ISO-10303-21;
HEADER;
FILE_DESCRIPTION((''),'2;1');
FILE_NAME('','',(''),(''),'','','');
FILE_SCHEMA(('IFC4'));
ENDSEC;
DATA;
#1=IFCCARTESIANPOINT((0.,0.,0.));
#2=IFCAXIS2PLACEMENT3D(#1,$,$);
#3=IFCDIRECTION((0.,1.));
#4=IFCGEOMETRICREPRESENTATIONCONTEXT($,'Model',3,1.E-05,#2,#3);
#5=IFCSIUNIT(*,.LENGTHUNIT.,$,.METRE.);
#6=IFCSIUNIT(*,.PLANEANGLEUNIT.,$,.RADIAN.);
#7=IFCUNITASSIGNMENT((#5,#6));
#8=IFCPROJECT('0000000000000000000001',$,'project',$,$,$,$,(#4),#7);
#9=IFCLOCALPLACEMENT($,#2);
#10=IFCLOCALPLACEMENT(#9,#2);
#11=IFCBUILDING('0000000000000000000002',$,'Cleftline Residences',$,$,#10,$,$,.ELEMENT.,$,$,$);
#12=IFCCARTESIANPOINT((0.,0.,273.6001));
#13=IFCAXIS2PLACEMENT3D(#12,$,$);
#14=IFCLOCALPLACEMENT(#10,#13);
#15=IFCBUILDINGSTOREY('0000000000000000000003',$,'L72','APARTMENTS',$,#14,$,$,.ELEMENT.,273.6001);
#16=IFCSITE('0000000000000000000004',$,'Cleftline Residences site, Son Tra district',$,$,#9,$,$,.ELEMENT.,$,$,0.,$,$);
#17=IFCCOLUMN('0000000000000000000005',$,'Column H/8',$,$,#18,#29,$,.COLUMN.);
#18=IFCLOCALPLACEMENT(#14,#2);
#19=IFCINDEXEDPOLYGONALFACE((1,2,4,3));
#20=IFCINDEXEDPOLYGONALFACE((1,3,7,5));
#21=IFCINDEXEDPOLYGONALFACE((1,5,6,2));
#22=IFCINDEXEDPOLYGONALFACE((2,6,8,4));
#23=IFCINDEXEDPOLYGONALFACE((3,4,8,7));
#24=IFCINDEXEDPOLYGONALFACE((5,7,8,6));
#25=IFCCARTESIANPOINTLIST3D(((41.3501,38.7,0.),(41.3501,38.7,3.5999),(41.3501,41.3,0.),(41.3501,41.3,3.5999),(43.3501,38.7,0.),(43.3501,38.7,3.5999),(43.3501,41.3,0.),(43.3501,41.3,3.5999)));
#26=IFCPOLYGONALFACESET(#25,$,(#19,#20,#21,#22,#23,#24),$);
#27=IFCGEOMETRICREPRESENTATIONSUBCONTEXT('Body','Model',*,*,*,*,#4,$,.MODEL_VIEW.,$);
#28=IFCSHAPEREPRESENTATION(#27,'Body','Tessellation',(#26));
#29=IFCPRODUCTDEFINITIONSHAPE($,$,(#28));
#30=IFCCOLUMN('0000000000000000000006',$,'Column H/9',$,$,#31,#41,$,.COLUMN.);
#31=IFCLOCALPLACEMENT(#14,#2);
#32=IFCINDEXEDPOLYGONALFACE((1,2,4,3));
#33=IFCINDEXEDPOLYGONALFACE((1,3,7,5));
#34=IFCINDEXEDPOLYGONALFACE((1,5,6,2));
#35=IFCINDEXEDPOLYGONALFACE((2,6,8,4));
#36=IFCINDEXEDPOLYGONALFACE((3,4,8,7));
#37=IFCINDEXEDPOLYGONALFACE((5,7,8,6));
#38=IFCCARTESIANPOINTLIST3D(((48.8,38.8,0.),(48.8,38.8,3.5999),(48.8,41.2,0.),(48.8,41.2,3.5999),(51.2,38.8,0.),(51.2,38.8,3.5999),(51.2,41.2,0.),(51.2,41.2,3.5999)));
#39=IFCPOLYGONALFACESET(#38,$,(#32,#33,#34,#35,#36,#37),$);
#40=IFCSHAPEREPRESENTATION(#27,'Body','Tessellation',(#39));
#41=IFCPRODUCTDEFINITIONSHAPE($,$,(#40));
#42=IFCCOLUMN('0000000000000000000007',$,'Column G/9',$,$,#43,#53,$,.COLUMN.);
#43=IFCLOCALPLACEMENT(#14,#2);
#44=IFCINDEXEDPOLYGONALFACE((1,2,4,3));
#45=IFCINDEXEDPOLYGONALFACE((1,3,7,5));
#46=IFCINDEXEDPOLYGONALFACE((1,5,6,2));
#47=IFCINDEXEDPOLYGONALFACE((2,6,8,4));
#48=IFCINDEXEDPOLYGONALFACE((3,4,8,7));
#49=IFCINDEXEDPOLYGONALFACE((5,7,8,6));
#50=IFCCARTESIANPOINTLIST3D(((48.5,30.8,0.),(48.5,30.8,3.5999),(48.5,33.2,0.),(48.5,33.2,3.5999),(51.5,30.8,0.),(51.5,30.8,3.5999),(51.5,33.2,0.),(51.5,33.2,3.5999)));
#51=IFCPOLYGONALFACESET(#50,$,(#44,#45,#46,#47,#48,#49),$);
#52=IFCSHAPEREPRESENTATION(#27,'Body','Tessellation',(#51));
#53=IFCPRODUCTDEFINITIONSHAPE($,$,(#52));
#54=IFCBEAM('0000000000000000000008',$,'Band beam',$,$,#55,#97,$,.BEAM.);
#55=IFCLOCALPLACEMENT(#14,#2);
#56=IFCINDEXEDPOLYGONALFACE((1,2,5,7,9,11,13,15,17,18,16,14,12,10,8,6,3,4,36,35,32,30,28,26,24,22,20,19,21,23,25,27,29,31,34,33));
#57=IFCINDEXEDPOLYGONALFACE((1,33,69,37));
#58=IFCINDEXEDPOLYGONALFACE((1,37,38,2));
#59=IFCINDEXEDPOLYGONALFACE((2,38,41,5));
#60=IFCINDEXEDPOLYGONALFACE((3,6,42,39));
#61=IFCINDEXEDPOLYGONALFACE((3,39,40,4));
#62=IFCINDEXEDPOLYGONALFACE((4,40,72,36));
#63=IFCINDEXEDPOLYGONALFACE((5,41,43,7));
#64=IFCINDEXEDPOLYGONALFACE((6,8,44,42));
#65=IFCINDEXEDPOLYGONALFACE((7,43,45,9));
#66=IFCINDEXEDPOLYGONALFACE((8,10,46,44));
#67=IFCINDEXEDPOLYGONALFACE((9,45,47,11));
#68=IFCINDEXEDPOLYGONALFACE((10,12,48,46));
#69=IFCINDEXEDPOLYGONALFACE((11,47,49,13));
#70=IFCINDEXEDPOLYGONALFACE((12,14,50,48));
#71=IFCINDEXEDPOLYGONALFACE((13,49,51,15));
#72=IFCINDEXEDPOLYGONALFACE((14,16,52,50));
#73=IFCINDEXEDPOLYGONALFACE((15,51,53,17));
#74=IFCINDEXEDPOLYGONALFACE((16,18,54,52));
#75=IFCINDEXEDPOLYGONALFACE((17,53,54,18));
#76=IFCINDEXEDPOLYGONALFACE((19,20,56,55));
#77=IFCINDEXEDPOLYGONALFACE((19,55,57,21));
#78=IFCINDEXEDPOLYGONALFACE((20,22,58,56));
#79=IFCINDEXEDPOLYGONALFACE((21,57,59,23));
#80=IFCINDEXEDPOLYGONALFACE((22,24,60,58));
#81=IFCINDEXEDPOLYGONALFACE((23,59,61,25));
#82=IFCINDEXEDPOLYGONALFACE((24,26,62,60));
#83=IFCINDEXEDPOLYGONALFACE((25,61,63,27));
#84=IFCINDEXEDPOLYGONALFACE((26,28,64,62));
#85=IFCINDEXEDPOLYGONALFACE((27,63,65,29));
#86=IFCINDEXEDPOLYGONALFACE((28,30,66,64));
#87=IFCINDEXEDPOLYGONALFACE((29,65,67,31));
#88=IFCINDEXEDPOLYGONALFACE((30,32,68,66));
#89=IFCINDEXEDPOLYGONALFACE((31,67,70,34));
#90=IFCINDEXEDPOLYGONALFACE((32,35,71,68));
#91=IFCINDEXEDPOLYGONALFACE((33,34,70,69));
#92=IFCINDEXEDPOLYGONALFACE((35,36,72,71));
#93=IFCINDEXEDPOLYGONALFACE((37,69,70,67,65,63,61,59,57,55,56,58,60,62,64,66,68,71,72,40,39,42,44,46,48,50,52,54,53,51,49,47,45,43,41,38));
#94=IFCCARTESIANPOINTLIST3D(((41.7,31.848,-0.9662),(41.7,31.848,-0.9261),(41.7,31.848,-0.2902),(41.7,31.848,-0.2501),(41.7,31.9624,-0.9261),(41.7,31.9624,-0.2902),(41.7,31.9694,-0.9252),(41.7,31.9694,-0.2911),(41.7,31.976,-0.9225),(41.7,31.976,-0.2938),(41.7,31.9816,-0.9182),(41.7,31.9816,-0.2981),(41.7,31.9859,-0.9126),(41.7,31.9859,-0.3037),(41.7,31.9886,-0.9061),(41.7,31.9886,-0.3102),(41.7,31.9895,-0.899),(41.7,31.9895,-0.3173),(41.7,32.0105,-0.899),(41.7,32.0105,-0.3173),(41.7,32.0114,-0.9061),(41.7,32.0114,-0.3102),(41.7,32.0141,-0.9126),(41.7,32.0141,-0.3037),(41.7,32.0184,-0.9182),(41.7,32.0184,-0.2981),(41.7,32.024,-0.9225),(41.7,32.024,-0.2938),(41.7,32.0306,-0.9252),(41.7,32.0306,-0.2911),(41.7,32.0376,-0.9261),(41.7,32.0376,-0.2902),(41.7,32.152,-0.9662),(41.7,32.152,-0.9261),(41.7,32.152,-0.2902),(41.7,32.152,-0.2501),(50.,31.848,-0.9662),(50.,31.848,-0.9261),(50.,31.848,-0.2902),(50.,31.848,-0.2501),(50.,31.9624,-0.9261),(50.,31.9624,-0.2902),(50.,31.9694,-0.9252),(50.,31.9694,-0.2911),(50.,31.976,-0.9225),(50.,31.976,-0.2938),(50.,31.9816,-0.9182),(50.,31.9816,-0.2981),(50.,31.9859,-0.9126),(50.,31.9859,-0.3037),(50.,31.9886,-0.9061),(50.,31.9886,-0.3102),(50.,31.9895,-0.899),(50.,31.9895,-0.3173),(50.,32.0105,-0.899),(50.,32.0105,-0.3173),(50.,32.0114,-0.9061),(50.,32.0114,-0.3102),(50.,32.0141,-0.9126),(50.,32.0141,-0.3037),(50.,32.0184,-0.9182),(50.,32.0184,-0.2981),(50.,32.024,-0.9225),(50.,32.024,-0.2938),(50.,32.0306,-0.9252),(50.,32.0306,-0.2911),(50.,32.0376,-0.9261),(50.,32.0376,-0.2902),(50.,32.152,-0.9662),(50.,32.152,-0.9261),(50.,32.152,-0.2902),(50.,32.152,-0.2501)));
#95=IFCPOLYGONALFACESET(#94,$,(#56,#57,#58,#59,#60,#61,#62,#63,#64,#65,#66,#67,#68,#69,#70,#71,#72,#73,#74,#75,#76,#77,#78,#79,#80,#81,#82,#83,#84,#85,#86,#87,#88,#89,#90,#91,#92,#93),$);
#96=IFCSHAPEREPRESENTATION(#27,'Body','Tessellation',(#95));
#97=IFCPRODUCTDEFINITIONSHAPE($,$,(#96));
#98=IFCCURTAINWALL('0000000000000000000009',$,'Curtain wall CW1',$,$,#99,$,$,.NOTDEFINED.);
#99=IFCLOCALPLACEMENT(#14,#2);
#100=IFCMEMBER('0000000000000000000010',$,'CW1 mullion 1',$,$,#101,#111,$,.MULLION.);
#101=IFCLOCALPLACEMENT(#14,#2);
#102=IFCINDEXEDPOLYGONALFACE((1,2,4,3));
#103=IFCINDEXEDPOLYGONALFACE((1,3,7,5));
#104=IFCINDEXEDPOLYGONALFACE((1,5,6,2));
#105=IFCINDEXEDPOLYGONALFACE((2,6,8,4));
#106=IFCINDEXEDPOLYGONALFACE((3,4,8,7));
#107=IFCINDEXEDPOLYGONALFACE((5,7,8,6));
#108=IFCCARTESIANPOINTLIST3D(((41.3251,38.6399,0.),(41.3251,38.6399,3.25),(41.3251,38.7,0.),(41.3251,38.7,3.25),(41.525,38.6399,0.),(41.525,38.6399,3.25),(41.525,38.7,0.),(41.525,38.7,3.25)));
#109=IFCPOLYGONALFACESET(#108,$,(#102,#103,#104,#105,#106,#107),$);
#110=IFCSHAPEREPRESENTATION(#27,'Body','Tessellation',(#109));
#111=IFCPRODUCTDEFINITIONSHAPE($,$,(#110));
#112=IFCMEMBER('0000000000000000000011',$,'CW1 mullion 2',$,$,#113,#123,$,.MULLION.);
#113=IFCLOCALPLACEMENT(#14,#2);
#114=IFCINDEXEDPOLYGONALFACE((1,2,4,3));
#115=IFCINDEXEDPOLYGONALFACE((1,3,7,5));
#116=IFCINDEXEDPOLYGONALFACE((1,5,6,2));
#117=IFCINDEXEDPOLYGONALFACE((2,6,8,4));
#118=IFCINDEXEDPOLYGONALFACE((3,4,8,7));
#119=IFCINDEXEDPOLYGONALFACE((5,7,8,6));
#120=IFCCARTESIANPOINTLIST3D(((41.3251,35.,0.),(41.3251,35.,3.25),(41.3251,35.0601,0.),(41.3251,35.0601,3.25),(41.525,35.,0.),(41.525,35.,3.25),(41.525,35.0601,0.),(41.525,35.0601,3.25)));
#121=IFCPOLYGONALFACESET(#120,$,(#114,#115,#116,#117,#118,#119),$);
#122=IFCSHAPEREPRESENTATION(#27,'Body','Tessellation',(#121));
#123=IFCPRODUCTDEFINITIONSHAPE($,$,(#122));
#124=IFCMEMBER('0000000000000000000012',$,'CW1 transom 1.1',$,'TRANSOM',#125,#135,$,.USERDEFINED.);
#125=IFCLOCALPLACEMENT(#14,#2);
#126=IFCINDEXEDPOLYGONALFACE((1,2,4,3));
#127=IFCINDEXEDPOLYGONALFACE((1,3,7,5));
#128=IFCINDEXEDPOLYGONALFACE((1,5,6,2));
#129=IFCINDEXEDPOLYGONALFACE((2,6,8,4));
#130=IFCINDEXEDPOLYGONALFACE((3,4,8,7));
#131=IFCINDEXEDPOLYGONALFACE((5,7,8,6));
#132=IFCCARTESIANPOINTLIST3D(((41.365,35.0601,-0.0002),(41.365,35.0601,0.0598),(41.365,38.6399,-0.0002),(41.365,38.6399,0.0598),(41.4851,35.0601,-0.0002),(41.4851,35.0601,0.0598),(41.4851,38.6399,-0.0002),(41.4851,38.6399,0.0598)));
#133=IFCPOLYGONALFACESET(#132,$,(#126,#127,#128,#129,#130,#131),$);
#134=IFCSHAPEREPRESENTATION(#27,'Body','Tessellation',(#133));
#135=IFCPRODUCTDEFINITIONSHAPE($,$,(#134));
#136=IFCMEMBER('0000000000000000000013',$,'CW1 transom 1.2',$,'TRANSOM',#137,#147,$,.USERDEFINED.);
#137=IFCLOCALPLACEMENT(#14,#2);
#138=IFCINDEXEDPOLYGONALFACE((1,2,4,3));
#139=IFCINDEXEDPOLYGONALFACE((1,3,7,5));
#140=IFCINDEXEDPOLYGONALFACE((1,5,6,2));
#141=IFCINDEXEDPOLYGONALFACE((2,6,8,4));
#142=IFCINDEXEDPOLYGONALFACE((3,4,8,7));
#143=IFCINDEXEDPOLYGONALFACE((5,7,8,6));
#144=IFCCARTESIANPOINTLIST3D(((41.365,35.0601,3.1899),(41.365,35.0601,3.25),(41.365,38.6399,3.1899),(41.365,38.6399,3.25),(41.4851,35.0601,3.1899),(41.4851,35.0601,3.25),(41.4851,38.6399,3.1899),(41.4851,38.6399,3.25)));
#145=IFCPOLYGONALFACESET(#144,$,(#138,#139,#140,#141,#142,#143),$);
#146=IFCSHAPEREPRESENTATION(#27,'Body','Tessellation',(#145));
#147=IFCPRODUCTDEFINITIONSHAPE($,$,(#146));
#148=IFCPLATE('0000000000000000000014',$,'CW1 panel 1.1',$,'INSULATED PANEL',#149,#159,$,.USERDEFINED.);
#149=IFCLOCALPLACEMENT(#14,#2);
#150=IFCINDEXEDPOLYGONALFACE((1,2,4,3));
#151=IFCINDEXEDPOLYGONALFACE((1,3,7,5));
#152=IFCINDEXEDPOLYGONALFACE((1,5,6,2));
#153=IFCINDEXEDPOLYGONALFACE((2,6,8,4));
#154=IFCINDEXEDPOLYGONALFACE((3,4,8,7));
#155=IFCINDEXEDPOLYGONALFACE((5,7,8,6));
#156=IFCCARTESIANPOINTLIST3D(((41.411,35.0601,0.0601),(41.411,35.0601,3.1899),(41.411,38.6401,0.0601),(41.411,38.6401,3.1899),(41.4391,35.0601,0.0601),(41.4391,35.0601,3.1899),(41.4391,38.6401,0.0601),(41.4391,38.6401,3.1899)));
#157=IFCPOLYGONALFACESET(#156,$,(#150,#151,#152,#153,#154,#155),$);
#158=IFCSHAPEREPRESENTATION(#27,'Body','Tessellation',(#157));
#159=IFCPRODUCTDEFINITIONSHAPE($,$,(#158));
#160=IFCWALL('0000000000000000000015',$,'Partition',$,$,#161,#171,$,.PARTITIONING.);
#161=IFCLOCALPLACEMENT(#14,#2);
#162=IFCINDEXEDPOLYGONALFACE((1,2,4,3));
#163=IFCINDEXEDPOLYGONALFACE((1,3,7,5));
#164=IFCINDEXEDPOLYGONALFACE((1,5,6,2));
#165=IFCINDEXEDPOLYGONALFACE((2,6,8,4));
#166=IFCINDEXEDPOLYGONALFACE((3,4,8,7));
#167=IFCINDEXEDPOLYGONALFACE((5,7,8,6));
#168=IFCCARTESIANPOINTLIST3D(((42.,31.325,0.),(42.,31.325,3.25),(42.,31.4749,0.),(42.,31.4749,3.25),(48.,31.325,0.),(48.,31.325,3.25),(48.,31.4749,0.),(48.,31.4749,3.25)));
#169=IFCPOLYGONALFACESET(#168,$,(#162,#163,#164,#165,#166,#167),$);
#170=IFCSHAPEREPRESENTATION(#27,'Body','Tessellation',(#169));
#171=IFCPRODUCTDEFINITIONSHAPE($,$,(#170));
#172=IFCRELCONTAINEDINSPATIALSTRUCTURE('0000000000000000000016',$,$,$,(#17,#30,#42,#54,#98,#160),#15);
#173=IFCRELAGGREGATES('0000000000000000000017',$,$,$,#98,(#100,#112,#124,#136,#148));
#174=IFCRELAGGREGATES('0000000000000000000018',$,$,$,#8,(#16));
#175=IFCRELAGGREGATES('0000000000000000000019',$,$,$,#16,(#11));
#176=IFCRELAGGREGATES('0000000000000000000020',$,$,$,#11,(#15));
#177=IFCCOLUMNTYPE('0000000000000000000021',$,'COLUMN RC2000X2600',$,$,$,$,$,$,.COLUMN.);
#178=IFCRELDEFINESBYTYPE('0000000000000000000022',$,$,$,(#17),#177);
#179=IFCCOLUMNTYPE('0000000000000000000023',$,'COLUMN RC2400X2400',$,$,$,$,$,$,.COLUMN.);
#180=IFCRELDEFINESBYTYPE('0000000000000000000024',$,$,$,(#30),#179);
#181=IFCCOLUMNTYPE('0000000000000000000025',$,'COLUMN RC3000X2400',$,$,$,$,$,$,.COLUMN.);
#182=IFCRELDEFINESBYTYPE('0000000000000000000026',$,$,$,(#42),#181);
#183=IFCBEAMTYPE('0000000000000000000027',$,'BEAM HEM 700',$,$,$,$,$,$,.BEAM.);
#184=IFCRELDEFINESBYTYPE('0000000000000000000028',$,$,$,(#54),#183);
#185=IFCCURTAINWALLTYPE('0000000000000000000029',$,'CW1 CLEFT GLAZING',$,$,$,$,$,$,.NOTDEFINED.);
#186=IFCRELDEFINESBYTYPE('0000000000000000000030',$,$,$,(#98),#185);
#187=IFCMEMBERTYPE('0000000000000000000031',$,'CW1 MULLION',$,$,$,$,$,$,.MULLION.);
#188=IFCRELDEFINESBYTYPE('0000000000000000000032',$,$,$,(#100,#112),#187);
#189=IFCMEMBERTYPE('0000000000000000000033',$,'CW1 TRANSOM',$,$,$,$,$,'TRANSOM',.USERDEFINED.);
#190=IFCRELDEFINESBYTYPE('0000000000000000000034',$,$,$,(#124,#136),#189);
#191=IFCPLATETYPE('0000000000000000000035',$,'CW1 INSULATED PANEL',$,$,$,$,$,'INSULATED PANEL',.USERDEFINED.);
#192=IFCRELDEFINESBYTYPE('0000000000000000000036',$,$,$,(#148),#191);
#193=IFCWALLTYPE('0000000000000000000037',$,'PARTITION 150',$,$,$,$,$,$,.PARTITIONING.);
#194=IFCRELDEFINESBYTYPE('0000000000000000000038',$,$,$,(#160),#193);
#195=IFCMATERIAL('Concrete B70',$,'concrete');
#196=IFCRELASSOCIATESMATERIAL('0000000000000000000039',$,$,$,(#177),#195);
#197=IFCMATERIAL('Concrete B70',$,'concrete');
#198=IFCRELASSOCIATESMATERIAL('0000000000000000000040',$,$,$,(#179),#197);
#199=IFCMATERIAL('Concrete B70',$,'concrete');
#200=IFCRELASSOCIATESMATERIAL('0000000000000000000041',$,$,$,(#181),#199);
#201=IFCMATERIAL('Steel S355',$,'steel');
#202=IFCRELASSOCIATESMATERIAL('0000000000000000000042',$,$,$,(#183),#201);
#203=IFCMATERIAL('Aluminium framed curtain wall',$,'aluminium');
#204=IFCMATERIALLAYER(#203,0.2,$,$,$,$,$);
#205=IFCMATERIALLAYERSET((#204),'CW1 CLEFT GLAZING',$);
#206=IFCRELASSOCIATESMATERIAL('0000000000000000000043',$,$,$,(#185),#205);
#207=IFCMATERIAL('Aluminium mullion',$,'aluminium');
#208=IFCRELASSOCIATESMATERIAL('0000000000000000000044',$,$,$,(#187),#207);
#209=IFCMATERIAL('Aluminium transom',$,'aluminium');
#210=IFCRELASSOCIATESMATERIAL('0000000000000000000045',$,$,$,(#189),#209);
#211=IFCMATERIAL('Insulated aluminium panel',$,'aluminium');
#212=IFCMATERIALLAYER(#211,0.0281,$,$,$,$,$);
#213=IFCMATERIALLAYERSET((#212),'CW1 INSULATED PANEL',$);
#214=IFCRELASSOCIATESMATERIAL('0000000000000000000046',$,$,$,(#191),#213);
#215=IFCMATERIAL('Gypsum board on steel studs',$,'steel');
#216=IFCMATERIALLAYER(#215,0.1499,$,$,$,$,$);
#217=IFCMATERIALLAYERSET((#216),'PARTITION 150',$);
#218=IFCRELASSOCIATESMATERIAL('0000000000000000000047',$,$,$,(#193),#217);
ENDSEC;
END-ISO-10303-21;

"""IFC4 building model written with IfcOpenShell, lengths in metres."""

from ifc_helpers import new_model, si_unit, direction, frame, frame_2d, origin, origin_2d, place, context, subcontext, project, spatial, rectangle, i_section, extrude, material, layer, layer_set, material_profile, profile_set, type_object, element, aggregate, save


model = new_model("IFC4")

# Units and contexts
model_context = context("Model", 3, precision=1e-05, world=origin(), true_north=direction((0.0, 1.0)))
body_context = subcontext(model_context, "Body", "Model", "MODEL_VIEW")
ifc_project = project(units=[si_unit("LENGTHUNIT", "METRE"), si_unit("PLANEANGLEUNIT", "RADIAN")], contexts=[model_context])

# Site, building, storey
site_placement = place(None, origin())
site = spatial("IfcSite", under=ifc_project, at=site_placement, Name="Cleftline Residences site, Son Tra district", CompositionType="ELEMENT", RefElevation=0.0)
building_placement = place(site_placement, origin())
building = spatial("IfcBuilding", under=site, at=building_placement, Name="Cleftline Residences", CompositionType="ELEMENT")
storey_placement = place(building_placement, frame((0.0, 0.0, 273.6001)))
storey = spatial("IfcBuildingStorey", under=building, at=storey_placement, Name="L72", Description="APARTMENTS", CompositionType="ELEMENT", Elevation=273.6001)

# Columns
ifc_material_1 = material(Name="Concrete B70", Category="concrete")
ifc_material_profile_1 = material_profile(ifc_material_1, rectangle(XDim=2.0, YDim=2.6001, at=origin_2d()))
ifc_profile_set_1 = profile_set([ifc_material_profile_1], Name="Concrete B70")
column_type_1 = type_object("IfcColumnType", Name="COLUMN RC2000X2600", PredefinedType="COLUMN", material=ifc_profile_set_1)
column_1_placement = place(storey_placement, frame((42.3501, 40.0, 0.0), z_axis=(0.0, 0.0, 1.0), x_axis=(1.0, 0.0, 0.0)))
element("IfcColumn", 1, at=column_1_placement, inside=storey, type_object=column_type_1, Name="Column H/8", PredefinedType="COLUMN", context=body_context, shape_type="SweptSolid", body=[
    extrude(rectangle(XDim=2.0, YDim=2.6001, at=origin_2d()), origin(), (0.0, 0.0, 1.0), 3.5999),
])
ifc_material_2 = material(Name="Concrete B70", Category="concrete")
ifc_material_profile_2 = material_profile(ifc_material_2, rectangle(XDim=2.3999, YDim=2.3999, at=origin_2d()))
ifc_profile_set_2 = profile_set([ifc_material_profile_2], Name="Concrete B70")
column_type_2 = type_object("IfcColumnType", Name="COLUMN RC2400X2400", PredefinedType="COLUMN", material=ifc_profile_set_2)
column_2_placement = place(storey_placement, frame((50.0, 40.0, 0.0), z_axis=(0.0, 0.0, 1.0), x_axis=(1.0, 0.0, 0.0)))
element("IfcColumn", 2, at=column_2_placement, inside=storey, type_object=column_type_2, Name="Column H/9", PredefinedType="COLUMN", context=body_context, shape_type="SweptSolid", body=[
    extrude(rectangle(XDim=2.3999, YDim=2.3999, at=origin_2d()), origin(), (0.0, 0.0, 1.0), 3.5999),
])
ifc_material_3 = material(Name="Concrete B70", Category="concrete")
ifc_material_profile_3 = material_profile(ifc_material_3, rectangle(XDim=3.0, YDim=2.3999, at=origin_2d()))
ifc_profile_set_3 = profile_set([ifc_material_profile_3], Name="Concrete B70")
column_type_3 = type_object("IfcColumnType", Name="COLUMN RC3000X2400", PredefinedType="COLUMN", material=ifc_profile_set_3)
column_3_placement = place(storey_placement, frame((50.0, 32.0, 0.0), z_axis=(0.0, 0.0, 1.0), x_axis=(1.0, 0.0, 0.0)))
element("IfcColumn", 3, at=column_3_placement, inside=storey, type_object=column_type_3, Name="Column G/9", PredefinedType="COLUMN", context=body_context, shape_type="SweptSolid", body=[
    extrude(rectangle(XDim=3.0, YDim=2.3999, at=origin_2d()), origin(), (0.0, 0.0, 1.0), 3.5999),
])

# Beam
ifc_material_4 = material(Name="Steel S355", Category="steel")
ifc_material_profile_4 = material_profile(ifc_material_4, i_section(OverallWidth=0.304, OverallDepth=0.7161, WebThickness=0.021, FlangeThickness=0.04, FilletRadius=0.0271, at=origin_2d()))
ifc_profile_set_4 = profile_set([ifc_material_profile_4], Name="Steel S355")
beam_type = type_object("IfcBeamType", Name="BEAM HEM 700", PredefinedType="BEAM", material=ifc_profile_set_4)
beam_placement = place(storey_placement, frame((50.0, 32.0, -0.6082), z_axis=(-1.0, 0.0, 0.0), x_axis=(0.0, -1.0, 0.0)))
element("IfcBeam", 4, at=beam_placement, inside=storey, type_object=beam_type, Name="Band beam", PredefinedType="BEAM", context=body_context, shape_type="SweptSolid", body=[
    extrude(i_section(OverallWidth=0.304, OverallDepth=0.7161, WebThickness=0.021, FlangeThickness=0.04, FilletRadius=0.0271, at=origin_2d()), origin(), (0.0, 0.0, 1.0), 8.3),
])

# Curtain wall, members, plate
ifc_material_5 = material(Name="Aluminium framed curtain wall", Category="aluminium")
ifc_layer_1 = layer(ifc_material_5, 0.2)
ifc_layer_set_1 = layer_set([ifc_layer_1], Name="CW1 CLEFT GLAZING")
curtain_wall_type = type_object("IfcCurtainWallType", Name="CW1 CLEFT GLAZING", PredefinedType="NOTDEFINED", material=ifc_layer_set_1)
curtain_wall_placement = place(storey_placement, origin())
curtain_wall = element("IfcCurtainWall", 5, at=curtain_wall_placement, inside=storey, type_object=curtain_wall_type, Name="Curtain wall CW1", PredefinedType="NOTDEFINED")
ifc_material_6 = material(Name="Aluminium mullion", Category="aluminium")
ifc_material_profile_5 = material_profile(ifc_material_6, rectangle(XDim=0.2, YDim=0.0601, at=origin_2d()))
ifc_profile_set_5 = profile_set([ifc_material_profile_5], Name="Aluminium mullion")
member_type_1 = type_object("IfcMemberType", Name="CW1 MULLION", PredefinedType="MULLION", material=ifc_profile_set_5)
member_1_placement = place(storey_placement, frame((41.425, 38.6699, 0.0), z_axis=(0.0, 0.0, 1.0), x_axis=(1.0, 0.0, 0.0)))
member_1 = element("IfcMember", 6, at=member_1_placement, type_object=member_type_1, Name="CW1 mullion 1", PredefinedType="MULLION", context=body_context, shape_type="SweptSolid", body=[
    extrude(rectangle(XDim=0.2, YDim=0.0601, at=origin_2d()), origin(), (0.0, 0.0, 1.0), 3.25),
])
member_2_placement = place(storey_placement, frame((41.425, 35.03, 0.0), z_axis=(0.0, 0.0, 1.0), x_axis=(1.0, 0.0, 0.0)))
member_2 = element("IfcMember", 7, at=member_2_placement, type_object=member_type_1, Name="CW1 mullion 2", PredefinedType="MULLION", context=body_context, shape_type="SweptSolid", body=[
    extrude(rectangle(XDim=0.2, YDim=0.0601, at=origin_2d()), origin(), (0.0, 0.0, 1.0), 3.25),
])
ifc_material_7 = material(Name="Aluminium transom", Category="aluminium")
ifc_material_profile_6 = material_profile(ifc_material_7, rectangle(XDim=0.1201, YDim=0.0601, at=origin_2d()))
ifc_profile_set_6 = profile_set([ifc_material_profile_6], Name="Aluminium transom")
member_type_2 = type_object("IfcMemberType", Name="CW1 TRANSOM", ElementType="TRANSOM", PredefinedType="USERDEFINED", material=ifc_profile_set_6)
member_3_placement = place(storey_placement, frame((41.425, 38.6399, 0.0298), z_axis=(0.0, -1.0, 0.0), x_axis=(1.0, 0.0, 0.0)))
member_3 = element("IfcMember", 8, at=member_3_placement, type_object=member_type_2, Name="CW1 transom 1.1", ObjectType="TRANSOM", PredefinedType="USERDEFINED", context=body_context, shape_type="SweptSolid", body=[
    extrude(rectangle(XDim=0.1201, YDim=0.0601, at=origin_2d()), origin(), (0.0, 0.0, 1.0), 3.5798),
])
member_4_placement = place(storey_placement, frame((41.425, 38.6399, 3.22), z_axis=(0.0, -1.0, 0.0), x_axis=(1.0, 0.0, 0.0)))
member_4 = element("IfcMember", 9, at=member_4_placement, type_object=member_type_2, Name="CW1 transom 1.2", ObjectType="TRANSOM", PredefinedType="USERDEFINED", context=body_context, shape_type="SweptSolid", body=[
    extrude(rectangle(XDim=0.1201, YDim=0.0601, at=origin_2d()), origin(), (0.0, 0.0, 1.0), 3.5798),
])
ifc_material_8 = material(Name="Insulated aluminium panel", Category="aluminium")
ifc_layer_2 = layer(ifc_material_8, 0.0281)
ifc_layer_set_2 = layer_set([ifc_layer_2], Name="CW1 INSULATED PANEL")
plate_type = type_object("IfcPlateType", Name="CW1 INSULATED PANEL", ElementType="INSULATED PANEL", PredefinedType="USERDEFINED", material=ifc_layer_set_2)
plate_placement = place(storey_placement, frame((41.425, 36.8501, 0.0601), z_axis=(0.0, 0.0, 1.0), x_axis=(0.0, -1.0, 0.0)))
plate = element("IfcPlate", 10, at=plate_placement, type_object=plate_type, Name="CW1 panel 1.1", ObjectType="INSULATED PANEL", PredefinedType="USERDEFINED", context=body_context, shape_type="SweptSolid", body=[
    extrude(rectangle(XDim=3.5801, YDim=0.0281, at=origin_2d()), origin(), (0.0, 0.0, 1.0), 3.1299),
])
aggregate(curtain_wall, [member_1, member_2, member_3, member_4, plate])

# Wall
ifc_material_9 = material(Name="Gypsum board on steel studs", Category="steel")
ifc_layer_3 = layer(ifc_material_9, 0.1499)
ifc_layer_set_3 = layer_set([ifc_layer_3], Name="PARTITION 150")
wall_type = type_object("IfcWallType", Name="PARTITION 150", PredefinedType="PARTITIONING", material=ifc_layer_set_3)
wall_1_placement = place(storey_placement, frame((42.0, 31.3999, 0.0), z_axis=(0.0, 0.0, 1.0), x_axis=(1.0, 0.0, 0.0)))
element("IfcWall", 11, at=wall_1_placement, inside=storey, type_object=wall_type, Name="Partition", PredefinedType="PARTITIONING", context=body_context, shape_type="SweptSolid", body=[
    extrude(rectangle(XDim=6.0, YDim=0.1499, at=frame_2d((3.0, 0.0))), origin(), (0.0, 0.0, 1.0), 3.25),
])

save(model, "model.ifc")
